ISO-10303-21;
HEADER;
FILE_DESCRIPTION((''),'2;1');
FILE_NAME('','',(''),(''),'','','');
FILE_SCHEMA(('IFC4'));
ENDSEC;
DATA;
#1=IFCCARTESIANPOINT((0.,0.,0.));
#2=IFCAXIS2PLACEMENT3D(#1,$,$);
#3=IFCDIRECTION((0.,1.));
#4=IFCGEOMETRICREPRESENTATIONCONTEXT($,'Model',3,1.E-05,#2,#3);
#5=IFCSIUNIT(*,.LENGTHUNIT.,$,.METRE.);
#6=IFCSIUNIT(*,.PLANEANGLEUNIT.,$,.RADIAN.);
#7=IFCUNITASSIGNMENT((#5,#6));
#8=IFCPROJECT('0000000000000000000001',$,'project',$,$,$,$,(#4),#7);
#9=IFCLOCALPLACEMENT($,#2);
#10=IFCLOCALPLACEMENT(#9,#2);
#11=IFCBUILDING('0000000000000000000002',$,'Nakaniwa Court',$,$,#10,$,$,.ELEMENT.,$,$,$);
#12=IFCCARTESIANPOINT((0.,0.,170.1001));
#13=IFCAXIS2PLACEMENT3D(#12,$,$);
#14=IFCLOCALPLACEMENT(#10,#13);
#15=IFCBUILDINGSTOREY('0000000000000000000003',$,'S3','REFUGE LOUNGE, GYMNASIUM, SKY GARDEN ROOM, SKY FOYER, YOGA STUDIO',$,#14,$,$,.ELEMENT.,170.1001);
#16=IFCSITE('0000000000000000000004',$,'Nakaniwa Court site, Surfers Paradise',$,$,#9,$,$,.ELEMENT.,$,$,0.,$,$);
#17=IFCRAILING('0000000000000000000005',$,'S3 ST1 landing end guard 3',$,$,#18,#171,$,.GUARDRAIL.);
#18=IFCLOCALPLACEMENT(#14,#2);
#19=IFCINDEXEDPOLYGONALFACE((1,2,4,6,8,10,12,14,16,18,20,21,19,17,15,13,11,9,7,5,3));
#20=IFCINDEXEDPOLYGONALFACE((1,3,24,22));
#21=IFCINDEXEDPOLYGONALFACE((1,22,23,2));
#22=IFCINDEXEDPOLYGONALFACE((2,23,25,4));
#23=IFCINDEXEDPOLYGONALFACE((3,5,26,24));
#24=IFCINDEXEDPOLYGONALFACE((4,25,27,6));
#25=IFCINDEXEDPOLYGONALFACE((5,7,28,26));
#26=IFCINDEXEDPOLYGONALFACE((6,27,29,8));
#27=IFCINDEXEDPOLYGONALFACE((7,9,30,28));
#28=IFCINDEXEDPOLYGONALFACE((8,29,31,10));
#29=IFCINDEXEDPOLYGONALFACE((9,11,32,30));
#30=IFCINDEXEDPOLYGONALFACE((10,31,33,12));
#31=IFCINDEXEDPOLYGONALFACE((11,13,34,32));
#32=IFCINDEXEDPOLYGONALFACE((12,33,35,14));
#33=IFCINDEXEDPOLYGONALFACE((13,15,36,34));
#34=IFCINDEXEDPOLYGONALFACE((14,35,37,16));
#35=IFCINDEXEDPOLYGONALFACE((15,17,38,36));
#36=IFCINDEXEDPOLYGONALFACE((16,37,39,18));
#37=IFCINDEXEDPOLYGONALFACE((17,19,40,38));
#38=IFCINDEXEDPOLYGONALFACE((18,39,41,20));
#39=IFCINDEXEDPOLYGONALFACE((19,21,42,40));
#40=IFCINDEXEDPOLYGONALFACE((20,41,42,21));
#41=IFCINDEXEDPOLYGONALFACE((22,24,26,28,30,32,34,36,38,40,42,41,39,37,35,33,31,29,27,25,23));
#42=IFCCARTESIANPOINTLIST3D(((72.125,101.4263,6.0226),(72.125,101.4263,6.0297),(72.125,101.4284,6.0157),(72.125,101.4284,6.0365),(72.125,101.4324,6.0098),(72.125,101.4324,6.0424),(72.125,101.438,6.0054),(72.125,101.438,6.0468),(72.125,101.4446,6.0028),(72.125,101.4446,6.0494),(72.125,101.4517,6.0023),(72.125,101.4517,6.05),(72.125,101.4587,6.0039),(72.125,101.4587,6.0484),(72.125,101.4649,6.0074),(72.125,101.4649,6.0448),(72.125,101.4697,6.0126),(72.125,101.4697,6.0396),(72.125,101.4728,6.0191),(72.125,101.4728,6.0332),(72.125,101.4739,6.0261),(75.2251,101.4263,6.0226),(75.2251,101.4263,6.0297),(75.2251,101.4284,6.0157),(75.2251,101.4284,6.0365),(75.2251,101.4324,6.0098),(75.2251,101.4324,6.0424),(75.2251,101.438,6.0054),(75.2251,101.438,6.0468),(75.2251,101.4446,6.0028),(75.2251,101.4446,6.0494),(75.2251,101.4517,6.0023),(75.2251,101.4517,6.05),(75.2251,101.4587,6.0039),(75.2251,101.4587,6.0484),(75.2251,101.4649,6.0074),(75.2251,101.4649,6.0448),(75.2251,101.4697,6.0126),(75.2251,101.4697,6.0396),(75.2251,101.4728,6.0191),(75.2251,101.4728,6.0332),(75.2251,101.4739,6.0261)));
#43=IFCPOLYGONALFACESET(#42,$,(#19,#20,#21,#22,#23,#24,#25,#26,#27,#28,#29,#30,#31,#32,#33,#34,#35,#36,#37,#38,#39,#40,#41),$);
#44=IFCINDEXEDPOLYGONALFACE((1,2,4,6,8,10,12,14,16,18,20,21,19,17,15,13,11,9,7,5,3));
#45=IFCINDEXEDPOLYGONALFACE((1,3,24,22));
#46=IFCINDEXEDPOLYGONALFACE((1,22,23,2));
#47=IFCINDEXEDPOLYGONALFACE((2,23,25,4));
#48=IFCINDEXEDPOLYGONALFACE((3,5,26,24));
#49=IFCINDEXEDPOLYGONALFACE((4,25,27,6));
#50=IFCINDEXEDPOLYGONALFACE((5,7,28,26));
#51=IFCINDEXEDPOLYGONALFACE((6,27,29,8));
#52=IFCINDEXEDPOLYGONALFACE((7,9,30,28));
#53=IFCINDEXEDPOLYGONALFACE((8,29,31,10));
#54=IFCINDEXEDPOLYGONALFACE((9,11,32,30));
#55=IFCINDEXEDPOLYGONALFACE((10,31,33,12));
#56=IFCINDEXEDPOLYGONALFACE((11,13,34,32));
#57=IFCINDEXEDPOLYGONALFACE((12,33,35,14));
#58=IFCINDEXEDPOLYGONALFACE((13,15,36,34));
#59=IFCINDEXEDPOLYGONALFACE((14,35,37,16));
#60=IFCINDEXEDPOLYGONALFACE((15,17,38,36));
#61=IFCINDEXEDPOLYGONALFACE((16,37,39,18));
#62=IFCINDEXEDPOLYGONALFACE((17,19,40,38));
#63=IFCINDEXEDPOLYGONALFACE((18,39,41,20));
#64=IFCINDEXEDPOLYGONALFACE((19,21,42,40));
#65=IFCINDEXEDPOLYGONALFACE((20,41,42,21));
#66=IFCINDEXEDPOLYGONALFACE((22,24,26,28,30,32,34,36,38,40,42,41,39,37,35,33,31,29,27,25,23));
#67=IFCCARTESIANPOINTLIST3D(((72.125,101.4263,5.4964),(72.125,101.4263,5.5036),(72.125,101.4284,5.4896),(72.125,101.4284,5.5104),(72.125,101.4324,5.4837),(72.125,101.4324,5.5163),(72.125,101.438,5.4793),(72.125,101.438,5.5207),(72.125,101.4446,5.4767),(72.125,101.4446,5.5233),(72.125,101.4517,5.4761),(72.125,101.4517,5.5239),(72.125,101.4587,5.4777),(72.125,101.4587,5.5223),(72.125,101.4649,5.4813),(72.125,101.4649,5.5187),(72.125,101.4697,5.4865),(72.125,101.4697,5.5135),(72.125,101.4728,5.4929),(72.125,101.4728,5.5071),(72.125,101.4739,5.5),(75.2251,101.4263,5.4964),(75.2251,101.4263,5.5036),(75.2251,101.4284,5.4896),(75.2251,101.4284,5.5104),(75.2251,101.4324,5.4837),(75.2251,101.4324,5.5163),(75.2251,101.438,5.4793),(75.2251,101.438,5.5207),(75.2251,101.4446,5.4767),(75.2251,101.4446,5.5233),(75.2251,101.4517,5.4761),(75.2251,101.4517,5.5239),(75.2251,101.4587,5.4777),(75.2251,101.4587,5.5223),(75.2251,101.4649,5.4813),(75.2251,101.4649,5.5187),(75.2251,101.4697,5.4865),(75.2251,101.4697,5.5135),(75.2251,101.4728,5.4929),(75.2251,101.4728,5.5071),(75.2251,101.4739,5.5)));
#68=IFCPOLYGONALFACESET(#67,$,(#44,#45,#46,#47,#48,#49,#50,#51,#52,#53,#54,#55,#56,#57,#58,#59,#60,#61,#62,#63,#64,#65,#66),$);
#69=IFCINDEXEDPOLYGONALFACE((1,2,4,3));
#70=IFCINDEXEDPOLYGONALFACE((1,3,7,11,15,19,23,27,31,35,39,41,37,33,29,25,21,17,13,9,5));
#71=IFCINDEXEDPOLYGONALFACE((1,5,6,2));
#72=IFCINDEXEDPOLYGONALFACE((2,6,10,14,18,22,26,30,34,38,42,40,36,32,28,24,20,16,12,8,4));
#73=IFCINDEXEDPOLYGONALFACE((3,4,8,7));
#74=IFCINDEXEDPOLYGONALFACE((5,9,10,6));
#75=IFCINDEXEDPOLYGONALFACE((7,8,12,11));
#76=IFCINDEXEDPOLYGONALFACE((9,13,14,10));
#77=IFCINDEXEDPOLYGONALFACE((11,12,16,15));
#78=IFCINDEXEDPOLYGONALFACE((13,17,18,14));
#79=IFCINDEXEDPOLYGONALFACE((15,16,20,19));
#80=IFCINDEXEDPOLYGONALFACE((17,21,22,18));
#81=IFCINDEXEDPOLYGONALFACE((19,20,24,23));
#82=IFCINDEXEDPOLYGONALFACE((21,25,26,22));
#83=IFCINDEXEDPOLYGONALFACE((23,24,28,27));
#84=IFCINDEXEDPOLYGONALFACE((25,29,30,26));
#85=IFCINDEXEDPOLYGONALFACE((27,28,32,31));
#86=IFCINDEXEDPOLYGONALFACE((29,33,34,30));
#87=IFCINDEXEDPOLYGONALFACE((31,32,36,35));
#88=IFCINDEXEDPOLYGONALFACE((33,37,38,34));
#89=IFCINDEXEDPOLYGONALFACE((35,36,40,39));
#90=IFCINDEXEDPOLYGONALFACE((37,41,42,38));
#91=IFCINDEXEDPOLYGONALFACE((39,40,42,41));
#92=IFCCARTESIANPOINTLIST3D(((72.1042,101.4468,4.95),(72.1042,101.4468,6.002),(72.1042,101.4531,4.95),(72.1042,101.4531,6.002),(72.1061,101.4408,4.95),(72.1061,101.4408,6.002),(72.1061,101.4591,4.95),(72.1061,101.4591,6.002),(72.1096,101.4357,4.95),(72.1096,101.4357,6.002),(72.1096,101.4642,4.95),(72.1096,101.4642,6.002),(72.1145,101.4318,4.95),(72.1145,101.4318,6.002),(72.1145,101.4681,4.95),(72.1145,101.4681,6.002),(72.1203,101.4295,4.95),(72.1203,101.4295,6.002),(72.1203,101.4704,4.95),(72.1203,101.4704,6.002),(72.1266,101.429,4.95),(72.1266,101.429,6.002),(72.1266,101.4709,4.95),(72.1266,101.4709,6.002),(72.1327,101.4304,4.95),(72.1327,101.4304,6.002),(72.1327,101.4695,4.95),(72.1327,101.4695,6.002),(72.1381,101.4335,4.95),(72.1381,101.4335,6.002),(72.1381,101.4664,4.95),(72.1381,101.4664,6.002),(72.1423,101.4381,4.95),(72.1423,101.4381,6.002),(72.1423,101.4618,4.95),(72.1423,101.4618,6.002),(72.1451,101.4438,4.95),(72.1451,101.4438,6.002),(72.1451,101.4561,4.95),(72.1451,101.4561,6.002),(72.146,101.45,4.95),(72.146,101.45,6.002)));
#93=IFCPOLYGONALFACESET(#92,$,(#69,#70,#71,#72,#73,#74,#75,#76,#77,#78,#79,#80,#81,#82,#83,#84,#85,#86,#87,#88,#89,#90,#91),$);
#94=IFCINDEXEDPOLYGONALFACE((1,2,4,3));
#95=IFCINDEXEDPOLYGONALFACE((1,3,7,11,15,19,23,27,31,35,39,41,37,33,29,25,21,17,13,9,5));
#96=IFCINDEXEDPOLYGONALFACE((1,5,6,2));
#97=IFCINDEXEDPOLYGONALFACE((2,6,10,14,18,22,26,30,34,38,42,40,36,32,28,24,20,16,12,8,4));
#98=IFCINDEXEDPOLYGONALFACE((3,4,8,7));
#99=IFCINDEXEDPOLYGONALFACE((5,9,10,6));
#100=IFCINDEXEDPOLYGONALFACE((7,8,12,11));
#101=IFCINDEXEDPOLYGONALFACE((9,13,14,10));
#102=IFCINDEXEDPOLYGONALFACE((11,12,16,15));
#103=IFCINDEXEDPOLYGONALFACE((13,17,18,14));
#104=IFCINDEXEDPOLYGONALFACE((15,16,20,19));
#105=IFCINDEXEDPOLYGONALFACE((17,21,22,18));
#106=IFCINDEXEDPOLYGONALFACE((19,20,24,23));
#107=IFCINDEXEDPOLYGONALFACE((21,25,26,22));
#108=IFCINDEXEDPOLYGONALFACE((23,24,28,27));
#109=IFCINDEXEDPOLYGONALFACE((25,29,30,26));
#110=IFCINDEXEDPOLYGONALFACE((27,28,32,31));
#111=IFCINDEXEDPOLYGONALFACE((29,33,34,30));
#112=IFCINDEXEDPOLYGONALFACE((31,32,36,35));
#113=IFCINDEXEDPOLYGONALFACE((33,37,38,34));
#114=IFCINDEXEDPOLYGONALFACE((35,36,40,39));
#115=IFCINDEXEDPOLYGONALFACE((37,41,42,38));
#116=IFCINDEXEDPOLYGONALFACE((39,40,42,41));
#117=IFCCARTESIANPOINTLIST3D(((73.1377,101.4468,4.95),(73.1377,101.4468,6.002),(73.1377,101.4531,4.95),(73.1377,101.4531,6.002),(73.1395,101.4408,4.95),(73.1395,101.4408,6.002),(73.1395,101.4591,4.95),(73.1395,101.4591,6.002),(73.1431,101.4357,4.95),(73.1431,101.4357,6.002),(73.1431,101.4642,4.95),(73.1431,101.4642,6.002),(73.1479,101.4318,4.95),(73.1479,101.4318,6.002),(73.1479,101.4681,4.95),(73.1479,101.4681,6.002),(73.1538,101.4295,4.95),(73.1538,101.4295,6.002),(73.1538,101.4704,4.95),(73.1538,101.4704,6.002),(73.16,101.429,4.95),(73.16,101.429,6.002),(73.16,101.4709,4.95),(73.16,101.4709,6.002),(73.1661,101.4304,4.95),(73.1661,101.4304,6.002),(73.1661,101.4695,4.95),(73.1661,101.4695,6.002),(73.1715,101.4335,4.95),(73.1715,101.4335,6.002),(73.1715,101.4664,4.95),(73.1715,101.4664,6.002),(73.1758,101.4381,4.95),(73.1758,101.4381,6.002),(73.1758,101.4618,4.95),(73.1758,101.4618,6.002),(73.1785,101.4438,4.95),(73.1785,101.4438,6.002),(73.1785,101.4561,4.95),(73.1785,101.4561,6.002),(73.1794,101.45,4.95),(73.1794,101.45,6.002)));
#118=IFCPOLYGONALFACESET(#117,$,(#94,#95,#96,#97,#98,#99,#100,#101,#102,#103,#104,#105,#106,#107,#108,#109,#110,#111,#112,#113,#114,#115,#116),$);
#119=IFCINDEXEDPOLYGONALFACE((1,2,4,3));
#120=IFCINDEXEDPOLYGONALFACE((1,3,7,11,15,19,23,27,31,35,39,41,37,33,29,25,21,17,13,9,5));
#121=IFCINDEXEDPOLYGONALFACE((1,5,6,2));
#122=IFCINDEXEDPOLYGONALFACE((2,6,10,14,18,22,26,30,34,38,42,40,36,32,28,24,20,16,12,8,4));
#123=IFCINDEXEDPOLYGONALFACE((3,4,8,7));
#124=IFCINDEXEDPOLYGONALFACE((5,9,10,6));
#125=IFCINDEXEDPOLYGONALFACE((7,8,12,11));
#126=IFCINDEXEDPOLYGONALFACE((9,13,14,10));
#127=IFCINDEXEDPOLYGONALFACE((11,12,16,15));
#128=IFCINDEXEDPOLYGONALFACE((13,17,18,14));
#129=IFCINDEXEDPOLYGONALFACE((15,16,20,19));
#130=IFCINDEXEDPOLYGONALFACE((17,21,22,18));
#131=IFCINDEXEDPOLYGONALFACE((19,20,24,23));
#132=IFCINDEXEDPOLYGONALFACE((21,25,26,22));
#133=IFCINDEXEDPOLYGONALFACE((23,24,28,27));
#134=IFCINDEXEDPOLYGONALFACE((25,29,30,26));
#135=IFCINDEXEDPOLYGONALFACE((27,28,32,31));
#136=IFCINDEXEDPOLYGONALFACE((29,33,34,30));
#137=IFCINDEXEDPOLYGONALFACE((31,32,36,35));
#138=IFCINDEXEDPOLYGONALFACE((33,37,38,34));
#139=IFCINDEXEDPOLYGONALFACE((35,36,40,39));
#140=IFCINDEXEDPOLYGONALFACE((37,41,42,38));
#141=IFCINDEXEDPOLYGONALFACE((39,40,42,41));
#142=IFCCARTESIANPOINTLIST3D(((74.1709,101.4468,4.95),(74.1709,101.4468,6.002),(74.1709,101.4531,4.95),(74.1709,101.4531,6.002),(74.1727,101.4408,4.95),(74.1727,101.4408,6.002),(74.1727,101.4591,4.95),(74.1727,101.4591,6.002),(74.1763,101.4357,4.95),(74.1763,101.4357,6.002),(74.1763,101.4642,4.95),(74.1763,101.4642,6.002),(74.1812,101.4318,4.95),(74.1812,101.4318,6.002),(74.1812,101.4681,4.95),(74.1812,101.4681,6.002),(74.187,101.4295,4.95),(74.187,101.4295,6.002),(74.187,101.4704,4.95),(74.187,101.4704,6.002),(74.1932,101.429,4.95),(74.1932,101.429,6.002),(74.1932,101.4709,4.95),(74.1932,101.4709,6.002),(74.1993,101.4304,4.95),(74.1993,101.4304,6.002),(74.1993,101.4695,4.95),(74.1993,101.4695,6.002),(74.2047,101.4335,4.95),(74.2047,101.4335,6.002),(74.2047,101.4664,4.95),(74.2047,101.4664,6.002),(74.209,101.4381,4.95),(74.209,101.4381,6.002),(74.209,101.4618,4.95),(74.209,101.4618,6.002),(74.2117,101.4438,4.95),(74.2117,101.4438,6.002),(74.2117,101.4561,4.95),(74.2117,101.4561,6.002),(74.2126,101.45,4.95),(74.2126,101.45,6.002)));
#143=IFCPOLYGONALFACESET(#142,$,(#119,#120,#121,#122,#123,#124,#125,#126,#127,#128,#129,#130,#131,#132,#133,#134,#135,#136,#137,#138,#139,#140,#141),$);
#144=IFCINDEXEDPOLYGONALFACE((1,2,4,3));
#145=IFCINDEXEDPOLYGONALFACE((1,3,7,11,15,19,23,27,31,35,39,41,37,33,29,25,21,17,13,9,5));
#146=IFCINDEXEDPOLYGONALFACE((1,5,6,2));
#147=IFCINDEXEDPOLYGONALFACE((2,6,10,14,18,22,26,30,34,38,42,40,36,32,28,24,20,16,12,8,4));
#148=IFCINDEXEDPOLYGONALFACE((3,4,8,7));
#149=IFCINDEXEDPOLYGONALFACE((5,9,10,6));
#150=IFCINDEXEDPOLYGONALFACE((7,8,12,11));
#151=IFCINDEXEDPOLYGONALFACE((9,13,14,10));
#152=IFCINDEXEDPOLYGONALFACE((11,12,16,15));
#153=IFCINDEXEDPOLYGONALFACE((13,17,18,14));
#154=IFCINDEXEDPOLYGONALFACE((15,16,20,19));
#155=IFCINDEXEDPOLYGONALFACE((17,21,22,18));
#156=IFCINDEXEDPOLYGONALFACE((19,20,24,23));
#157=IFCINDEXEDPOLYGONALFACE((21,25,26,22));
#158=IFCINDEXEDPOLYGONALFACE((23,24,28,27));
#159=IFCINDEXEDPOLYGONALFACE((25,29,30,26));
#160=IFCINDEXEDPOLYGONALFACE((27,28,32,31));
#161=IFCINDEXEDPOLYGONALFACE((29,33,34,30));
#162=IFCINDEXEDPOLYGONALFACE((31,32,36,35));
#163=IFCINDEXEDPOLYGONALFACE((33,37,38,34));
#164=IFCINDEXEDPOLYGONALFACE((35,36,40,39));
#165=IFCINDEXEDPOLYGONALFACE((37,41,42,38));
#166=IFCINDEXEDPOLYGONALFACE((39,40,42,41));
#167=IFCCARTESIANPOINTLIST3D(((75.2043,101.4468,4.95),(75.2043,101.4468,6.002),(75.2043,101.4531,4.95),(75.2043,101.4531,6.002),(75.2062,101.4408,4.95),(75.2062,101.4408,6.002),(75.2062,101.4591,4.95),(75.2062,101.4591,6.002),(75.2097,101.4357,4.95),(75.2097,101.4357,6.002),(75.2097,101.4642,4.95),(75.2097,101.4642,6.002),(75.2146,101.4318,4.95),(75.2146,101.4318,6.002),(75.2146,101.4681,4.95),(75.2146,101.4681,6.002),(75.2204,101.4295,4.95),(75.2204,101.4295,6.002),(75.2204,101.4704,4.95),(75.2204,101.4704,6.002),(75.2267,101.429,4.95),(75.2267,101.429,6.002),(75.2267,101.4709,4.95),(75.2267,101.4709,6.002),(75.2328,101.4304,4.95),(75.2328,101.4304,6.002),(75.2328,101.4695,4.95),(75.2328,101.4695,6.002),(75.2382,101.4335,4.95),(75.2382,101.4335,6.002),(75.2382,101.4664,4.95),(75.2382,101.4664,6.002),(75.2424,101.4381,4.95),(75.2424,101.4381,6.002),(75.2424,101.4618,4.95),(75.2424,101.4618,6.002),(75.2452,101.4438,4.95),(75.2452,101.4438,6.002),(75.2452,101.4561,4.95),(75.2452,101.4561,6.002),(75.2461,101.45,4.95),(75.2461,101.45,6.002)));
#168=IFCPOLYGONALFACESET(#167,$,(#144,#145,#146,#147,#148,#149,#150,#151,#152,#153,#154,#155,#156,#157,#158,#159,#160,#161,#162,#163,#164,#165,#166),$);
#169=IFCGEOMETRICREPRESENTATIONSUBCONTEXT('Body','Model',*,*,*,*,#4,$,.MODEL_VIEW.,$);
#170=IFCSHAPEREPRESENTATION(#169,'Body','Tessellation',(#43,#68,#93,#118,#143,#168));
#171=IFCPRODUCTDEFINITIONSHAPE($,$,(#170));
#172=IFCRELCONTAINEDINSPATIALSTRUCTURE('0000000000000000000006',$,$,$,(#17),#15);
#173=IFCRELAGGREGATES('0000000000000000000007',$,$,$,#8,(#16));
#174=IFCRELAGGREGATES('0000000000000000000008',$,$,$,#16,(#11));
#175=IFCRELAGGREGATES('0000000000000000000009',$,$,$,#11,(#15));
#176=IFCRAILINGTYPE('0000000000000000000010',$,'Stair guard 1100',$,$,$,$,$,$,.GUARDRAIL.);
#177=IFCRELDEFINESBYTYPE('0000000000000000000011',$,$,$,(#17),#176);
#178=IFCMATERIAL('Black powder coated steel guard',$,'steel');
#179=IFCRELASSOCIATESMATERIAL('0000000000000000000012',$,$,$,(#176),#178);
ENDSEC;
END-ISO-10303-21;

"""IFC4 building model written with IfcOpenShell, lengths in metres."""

from ifc_helpers import new_model, si_unit, direction, frame, origin, origin_2d, place, context, subcontext, project, spatial, circle, extrude, material, type_object, element, save


model = new_model("IFC4")

# Units and contexts
model_context = context("Model", 3, precision=1e-05, world=origin(), true_north=direction((0.0, 1.0)))
body_context = subcontext(model_context, "Body", "Model", "MODEL_VIEW")
ifc_project = project(units=[si_unit("LENGTHUNIT", "METRE"), si_unit("PLANEANGLEUNIT", "RADIAN")], contexts=[model_context])

# Site, building, storey
site_placement = place(None, origin())
site = spatial("IfcSite", under=ifc_project, at=site_placement, Name="Nakaniwa Court site, Surfers Paradise", CompositionType="ELEMENT", RefElevation=0.0)
building_placement = place(site_placement, origin())
building = spatial("IfcBuilding", under=site, at=building_placement, Name="Nakaniwa Court", CompositionType="ELEMENT")
storey_placement = place(building_placement, frame((0.0, 0.0, 170.1001)))
storey = spatial("IfcBuildingStorey", under=building, at=storey_placement, Name="S3", Description="REFUGE LOUNGE, GYMNASIUM, SKY GARDEN ROOM, SKY FOYER, YOGA STUDIO", CompositionType="ELEMENT", Elevation=170.1001)

# Railing
ifc_material_1 = material(Name="Black powder coated steel guard", Category="steel")
railing_type_1 = type_object("IfcRailingType", Name="Stair guard 1100", PredefinedType="GUARDRAIL", material=ifc_material_1)
railing_placement = place(storey_placement, frame((72.125, 101.45, 4.95)))
element("IfcRailing", 1, at=railing_placement, inside=storey, type_object=railing_type_1, Name="S3 ST1 landing end guard 3", PredefinedType="GUARDRAIL", context=body_context, shape_type="SweptSolid", body=[
    extrude(circle(Radius=0.0239, at=origin_2d()), frame((0.0, 0.0, 1.0762), z_axis=(1.0, 0.0, 0.0), x_axis=(0.0, 1.0, 0.0)), (0.0, 0.0, 1.0), 3.1001),
    extrude(circle(Radius=0.0239, at=origin_2d()), frame((0.0, 0.0, 0.55), z_axis=(1.0, 0.0, 0.0), x_axis=(0.0, 1.0, 0.0)), (0.0, 0.0, 1.0), 3.1001),
    extrude(circle(Radius=0.021, at=origin_2d()), origin(), (0.0, 0.0, 1.0), 1.052),
    extrude(circle(Radius=0.021, at=origin_2d()), frame((1.0334, 0.0, 0.0)), (0.0, 0.0, 1.0), 1.052),
    extrude(circle(Radius=0.021, at=origin_2d()), frame((2.0667, 0.0, 0.0)), (0.0, 0.0, 1.0), 1.052),
    extrude(circle(Radius=0.021, at=origin_2d()), frame((3.1001, 0.0, 0.0)), (0.0, 0.0, 1.0), 1.052),
])

save(model, "model.ifc")
